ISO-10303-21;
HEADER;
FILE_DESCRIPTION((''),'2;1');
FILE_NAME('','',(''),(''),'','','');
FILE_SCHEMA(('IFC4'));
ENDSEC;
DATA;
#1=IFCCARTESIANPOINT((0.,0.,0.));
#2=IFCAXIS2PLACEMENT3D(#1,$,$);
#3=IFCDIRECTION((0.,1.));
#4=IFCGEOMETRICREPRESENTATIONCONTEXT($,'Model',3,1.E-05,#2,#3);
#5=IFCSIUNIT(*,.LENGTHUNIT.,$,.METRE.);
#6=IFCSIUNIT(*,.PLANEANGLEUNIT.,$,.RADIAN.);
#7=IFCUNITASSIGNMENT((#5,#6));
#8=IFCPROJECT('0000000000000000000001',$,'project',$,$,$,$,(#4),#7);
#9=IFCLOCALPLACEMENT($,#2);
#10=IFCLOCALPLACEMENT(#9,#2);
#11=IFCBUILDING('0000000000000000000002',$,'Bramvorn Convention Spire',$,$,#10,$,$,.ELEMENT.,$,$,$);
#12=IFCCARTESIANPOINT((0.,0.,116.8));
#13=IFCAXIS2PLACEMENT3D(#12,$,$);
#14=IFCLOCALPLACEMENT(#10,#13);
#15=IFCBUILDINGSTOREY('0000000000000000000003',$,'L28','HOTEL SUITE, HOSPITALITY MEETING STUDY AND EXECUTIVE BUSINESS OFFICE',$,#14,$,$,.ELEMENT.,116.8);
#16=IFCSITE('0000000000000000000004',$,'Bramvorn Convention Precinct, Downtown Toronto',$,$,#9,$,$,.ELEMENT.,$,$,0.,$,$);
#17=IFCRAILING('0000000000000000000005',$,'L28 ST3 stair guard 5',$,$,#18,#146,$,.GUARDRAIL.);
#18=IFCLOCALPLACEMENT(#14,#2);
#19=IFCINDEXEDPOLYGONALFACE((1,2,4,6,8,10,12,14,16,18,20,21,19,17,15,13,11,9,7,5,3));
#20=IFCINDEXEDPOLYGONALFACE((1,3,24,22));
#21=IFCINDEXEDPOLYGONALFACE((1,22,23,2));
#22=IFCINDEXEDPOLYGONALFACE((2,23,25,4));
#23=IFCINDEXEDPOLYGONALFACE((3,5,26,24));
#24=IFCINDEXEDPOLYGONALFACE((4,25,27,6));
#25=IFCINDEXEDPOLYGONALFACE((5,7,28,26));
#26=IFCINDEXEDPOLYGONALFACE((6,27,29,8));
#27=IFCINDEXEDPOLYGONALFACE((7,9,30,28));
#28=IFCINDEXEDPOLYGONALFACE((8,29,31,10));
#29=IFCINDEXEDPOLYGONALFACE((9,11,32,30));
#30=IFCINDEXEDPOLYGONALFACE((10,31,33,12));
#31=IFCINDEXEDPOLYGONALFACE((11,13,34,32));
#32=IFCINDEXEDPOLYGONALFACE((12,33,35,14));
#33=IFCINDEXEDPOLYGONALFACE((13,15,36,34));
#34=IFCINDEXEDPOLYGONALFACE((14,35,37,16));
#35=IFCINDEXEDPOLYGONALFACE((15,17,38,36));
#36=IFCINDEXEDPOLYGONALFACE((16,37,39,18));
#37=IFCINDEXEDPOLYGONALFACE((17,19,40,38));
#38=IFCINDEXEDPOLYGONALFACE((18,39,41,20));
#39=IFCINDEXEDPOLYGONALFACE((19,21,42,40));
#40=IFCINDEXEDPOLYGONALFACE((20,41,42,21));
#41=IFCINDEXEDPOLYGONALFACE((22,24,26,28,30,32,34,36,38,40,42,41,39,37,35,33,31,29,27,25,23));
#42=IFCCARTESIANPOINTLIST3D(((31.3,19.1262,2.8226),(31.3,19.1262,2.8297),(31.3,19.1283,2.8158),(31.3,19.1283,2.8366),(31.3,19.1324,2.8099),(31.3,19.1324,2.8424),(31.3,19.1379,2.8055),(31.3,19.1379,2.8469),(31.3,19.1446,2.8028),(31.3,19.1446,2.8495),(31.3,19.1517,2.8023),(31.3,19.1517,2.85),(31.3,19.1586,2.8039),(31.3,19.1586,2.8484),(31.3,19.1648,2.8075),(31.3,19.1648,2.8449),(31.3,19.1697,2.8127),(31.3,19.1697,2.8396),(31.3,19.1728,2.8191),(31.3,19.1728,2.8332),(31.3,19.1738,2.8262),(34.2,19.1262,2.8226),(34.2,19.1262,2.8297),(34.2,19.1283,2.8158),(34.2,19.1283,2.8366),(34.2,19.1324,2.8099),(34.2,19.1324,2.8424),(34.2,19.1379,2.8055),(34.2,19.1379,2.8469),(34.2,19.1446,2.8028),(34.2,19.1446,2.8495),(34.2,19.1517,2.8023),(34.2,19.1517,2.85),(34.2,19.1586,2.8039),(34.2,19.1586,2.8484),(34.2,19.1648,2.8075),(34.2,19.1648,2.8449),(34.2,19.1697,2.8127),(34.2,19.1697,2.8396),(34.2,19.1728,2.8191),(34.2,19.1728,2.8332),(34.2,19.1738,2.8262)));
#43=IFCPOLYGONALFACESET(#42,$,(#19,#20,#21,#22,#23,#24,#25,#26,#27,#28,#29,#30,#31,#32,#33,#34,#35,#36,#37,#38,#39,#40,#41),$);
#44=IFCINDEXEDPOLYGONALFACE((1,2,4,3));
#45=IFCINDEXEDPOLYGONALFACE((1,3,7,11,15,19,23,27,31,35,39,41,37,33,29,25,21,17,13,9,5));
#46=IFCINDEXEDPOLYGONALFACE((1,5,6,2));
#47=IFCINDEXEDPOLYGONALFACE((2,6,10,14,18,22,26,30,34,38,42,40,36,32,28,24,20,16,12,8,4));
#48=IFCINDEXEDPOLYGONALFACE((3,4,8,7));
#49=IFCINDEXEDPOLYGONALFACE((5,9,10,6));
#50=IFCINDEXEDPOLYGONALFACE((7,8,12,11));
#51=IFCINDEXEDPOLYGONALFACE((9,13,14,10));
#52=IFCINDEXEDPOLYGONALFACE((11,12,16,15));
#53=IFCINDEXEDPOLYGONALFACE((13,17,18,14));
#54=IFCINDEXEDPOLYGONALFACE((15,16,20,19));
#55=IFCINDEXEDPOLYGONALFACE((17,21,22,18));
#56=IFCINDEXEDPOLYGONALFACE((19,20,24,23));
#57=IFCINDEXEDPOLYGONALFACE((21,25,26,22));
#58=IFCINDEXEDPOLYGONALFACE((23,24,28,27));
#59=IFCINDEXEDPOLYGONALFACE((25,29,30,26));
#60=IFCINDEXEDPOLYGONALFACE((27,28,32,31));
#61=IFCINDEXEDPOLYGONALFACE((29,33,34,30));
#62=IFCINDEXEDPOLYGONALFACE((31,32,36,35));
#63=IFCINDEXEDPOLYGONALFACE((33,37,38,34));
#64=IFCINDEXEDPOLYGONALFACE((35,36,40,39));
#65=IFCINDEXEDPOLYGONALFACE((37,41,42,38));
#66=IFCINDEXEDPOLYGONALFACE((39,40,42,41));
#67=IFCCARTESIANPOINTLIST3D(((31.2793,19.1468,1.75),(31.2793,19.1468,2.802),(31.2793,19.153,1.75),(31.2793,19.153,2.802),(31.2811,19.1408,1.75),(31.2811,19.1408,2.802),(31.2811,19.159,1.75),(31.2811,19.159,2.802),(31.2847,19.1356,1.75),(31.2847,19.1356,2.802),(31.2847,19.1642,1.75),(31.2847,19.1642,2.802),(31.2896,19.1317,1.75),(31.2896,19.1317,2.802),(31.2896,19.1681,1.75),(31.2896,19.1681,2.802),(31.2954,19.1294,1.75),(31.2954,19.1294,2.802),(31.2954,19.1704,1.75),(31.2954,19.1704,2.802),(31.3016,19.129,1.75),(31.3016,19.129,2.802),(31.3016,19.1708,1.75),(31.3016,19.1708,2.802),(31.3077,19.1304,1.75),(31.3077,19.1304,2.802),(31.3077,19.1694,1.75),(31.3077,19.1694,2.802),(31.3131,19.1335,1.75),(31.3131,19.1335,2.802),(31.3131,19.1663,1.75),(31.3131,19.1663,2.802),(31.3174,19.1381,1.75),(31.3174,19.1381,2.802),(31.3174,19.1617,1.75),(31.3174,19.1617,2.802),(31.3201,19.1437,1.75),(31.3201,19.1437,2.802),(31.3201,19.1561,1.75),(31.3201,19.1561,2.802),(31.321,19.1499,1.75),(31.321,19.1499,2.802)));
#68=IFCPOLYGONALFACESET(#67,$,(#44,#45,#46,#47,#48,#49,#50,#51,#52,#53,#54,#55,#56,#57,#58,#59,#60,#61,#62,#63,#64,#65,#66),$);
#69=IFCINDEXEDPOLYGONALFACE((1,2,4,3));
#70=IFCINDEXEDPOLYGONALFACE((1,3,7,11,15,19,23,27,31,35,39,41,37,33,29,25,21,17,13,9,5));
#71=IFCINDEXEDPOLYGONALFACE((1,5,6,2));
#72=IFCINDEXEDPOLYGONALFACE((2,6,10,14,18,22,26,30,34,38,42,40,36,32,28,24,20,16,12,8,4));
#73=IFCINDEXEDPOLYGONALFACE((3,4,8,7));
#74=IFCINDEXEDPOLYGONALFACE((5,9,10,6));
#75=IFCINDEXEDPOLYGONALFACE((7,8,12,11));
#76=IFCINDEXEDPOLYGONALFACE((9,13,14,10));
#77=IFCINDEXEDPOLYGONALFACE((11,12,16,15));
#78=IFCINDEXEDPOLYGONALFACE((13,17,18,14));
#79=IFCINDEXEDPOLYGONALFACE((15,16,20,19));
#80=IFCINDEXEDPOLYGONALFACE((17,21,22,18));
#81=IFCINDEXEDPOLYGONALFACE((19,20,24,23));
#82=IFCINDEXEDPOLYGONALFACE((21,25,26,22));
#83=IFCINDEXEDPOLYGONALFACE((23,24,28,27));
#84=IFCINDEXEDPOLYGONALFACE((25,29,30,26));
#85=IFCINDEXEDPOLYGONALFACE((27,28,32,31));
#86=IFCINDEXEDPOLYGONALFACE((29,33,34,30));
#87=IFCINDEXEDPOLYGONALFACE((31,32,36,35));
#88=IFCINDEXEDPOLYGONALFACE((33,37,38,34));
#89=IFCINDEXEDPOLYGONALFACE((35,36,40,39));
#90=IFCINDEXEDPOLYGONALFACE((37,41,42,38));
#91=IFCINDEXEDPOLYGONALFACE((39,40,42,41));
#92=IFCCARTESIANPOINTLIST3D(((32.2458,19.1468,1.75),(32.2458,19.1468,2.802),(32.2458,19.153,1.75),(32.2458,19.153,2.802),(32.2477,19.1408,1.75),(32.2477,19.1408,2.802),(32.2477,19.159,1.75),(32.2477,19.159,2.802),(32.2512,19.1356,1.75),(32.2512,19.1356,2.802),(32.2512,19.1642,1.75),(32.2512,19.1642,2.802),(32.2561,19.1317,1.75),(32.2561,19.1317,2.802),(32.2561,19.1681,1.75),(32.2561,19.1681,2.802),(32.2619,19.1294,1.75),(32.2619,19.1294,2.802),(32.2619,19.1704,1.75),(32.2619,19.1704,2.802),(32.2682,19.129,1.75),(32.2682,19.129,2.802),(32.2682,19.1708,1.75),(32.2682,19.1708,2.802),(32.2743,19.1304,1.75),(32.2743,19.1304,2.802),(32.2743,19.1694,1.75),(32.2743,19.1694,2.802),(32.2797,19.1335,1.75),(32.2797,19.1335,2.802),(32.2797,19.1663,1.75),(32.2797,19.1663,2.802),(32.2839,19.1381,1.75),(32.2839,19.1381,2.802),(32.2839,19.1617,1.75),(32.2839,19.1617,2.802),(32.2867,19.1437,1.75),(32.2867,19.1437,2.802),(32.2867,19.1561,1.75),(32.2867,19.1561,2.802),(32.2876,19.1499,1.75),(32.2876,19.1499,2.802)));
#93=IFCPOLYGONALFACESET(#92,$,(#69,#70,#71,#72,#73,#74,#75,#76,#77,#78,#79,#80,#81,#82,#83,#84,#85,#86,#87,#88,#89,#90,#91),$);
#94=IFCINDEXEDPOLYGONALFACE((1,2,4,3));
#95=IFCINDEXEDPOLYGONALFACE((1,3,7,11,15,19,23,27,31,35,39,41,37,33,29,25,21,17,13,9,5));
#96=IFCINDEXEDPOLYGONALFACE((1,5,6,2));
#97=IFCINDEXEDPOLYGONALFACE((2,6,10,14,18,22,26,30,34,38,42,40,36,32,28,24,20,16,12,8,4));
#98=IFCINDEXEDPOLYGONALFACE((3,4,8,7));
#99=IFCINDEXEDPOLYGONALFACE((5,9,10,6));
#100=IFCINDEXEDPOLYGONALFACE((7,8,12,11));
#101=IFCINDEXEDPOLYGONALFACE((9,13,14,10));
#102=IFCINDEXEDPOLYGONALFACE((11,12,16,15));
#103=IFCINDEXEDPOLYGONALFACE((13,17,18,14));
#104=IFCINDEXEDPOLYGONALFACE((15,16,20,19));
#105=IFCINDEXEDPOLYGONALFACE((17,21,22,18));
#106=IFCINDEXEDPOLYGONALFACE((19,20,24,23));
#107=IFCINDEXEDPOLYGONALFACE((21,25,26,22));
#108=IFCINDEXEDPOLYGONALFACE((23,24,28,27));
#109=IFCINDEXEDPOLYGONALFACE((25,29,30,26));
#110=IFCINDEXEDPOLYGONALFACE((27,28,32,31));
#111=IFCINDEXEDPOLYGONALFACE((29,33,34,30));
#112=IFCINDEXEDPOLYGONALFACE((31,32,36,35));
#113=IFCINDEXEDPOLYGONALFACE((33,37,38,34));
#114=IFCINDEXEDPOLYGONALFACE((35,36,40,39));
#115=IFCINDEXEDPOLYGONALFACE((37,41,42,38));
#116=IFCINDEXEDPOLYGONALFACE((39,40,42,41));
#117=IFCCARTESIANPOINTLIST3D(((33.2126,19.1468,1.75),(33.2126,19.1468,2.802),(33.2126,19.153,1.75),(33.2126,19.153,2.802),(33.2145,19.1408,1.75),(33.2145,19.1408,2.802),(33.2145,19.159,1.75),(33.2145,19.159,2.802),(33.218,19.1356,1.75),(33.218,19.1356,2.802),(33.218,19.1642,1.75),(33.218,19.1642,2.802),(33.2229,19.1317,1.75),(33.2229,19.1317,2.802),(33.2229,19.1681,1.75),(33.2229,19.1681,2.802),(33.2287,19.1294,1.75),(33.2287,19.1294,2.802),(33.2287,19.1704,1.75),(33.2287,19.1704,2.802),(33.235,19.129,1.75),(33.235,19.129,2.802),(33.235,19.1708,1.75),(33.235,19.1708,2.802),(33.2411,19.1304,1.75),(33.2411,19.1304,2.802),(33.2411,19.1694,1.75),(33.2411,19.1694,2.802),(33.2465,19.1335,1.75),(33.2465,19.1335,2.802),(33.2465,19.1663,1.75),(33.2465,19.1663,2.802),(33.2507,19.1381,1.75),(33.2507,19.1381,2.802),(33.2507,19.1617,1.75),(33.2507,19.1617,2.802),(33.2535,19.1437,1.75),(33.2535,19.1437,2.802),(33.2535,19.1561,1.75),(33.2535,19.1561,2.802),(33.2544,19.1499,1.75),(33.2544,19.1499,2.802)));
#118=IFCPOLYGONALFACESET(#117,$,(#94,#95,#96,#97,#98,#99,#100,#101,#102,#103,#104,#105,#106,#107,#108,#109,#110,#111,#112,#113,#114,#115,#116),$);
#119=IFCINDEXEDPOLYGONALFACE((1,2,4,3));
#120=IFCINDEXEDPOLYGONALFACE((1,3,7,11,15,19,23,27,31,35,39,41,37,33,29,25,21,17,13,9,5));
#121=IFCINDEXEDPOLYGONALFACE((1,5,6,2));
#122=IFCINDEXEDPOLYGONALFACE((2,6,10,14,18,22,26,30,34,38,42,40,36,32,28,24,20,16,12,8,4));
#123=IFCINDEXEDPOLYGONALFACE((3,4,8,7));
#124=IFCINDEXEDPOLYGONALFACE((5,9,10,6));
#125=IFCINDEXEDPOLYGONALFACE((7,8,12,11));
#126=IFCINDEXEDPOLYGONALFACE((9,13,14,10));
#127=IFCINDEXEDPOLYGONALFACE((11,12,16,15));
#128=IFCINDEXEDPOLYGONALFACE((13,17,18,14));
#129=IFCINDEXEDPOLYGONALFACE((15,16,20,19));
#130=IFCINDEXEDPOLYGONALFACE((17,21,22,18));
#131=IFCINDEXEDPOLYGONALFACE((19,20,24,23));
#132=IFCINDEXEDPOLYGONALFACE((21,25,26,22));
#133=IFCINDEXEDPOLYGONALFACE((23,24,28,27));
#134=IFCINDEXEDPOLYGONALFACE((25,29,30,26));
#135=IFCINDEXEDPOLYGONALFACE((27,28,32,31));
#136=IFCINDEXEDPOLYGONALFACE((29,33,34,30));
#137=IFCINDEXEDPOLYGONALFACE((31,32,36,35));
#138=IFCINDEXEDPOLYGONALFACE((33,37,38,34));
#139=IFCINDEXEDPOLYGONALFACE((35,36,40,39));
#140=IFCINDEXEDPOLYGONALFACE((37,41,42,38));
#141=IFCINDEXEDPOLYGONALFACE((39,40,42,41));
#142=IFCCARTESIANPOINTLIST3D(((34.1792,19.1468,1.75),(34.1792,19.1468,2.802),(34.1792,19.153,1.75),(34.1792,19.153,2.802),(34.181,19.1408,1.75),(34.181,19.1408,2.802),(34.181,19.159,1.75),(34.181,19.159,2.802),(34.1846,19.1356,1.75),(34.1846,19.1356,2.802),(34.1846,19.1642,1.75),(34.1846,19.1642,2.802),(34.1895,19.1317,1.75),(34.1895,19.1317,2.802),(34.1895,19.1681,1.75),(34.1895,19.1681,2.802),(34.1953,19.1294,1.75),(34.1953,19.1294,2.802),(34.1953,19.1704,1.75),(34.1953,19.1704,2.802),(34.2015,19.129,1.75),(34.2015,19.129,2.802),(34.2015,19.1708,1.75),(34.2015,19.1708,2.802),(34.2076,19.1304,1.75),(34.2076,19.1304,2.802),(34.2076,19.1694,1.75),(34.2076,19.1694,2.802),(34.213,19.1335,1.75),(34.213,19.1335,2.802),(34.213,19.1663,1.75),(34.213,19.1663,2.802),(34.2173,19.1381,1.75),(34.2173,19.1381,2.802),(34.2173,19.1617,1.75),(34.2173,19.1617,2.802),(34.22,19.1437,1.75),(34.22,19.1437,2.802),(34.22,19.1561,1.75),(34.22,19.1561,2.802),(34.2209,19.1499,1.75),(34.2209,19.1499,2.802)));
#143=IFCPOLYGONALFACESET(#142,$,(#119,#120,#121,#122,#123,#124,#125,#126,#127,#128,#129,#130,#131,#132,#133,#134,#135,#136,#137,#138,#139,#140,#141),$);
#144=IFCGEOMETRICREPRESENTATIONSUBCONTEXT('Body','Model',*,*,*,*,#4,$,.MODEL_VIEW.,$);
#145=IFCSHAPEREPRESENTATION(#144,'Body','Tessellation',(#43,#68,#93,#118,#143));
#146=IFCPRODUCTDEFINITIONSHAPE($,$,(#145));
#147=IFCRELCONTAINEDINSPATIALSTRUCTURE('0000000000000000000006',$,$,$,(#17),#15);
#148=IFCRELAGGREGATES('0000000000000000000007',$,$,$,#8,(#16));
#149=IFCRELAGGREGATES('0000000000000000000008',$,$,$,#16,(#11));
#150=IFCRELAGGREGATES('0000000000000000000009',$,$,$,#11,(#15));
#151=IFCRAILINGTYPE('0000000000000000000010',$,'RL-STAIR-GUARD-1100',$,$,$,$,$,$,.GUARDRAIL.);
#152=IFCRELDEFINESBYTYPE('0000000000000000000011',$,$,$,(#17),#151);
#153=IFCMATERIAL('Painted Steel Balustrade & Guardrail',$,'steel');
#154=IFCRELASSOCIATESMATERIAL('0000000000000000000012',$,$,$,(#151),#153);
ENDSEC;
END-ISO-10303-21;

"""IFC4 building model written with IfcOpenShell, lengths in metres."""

from ifc_helpers import new_model, si_unit, direction, frame, origin, origin_2d, place, context, subcontext, project, spatial, circle, extrude, material, type_object, element, save


model = new_model("IFC4")

# Units and contexts
model_context = context("Model", 3, precision=1e-05, world=origin(), true_north=direction((0.0, 1.0)))
body_context = subcontext(model_context, "Body", "Model", "MODEL_VIEW")
ifc_project = project(units=[si_unit("LENGTHUNIT", "METRE"), si_unit("PLANEANGLEUNIT", "RADIAN")], contexts=[model_context])

# Site, building, storey
site_placement = place(None, origin())
site = spatial("IfcSite", under=ifc_project, at=site_placement, Name="Bramvorn Convention Precinct, Downtown Toronto", CompositionType="ELEMENT", RefElevation=0.0)
building_placement = place(site_placement, origin())
building = spatial("IfcBuilding", under=site, at=building_placement, Name="Bramvorn Convention Spire", CompositionType="ELEMENT")
storey_placement = place(building_placement, frame((0.0, 0.0, 116.8)))
storey = spatial("IfcBuildingStorey", under=building, at=storey_placement, Name="L28", Description="HOTEL SUITE, HOSPITALITY MEETING STUDY AND EXECUTIVE BUSINESS OFFICE", CompositionType="ELEMENT", Elevation=116.8)

# Railing
ifc_material_1 = material(Name="Painted Steel Balustrade & Guardrail", Category="steel")
railing_type_1 = type_object("IfcRailingType", Name="RL-STAIR-GUARD-1100", PredefinedType="GUARDRAIL", material=ifc_material_1)
railing_1_placement = place(storey_placement, frame((31.3, 19.1499, 1.75)))
element("IfcRailing", 1, at=railing_1_placement, inside=storey, type_object=railing_type_1, Name="L28 ST3 stair guard 5", PredefinedType="GUARDRAIL", context=body_context, shape_type="SweptSolid", body=[
    extrude(circle(Radius=0.0239, at=origin_2d()), frame((0.0, 0.0, 1.0762), z_axis=(1.0, 0.0, 0.0), x_axis=(0.0, 1.0, 0.0)), (0.0, 0.0, 1.0), 2.8999),
    extrude(circle(Radius=0.021, at=origin_2d()), origin(), (0.0, 0.0, 1.0), 1.052),
    extrude(circle(Radius=0.021, at=origin_2d()), frame((0.9666, 0.0, 0.0)), (0.0, 0.0, 1.0), 1.052),
    extrude(circle(Radius=0.021, at=origin_2d()), frame((1.9333, 0.0, 0.0)), (0.0, 0.0, 1.0), 1.052),
    extrude(circle(Radius=0.021, at=origin_2d()), frame((2.8999, 0.0, 0.0)), (0.0, 0.0, 1.0), 1.052),
])

save(model, "model.ifc")
